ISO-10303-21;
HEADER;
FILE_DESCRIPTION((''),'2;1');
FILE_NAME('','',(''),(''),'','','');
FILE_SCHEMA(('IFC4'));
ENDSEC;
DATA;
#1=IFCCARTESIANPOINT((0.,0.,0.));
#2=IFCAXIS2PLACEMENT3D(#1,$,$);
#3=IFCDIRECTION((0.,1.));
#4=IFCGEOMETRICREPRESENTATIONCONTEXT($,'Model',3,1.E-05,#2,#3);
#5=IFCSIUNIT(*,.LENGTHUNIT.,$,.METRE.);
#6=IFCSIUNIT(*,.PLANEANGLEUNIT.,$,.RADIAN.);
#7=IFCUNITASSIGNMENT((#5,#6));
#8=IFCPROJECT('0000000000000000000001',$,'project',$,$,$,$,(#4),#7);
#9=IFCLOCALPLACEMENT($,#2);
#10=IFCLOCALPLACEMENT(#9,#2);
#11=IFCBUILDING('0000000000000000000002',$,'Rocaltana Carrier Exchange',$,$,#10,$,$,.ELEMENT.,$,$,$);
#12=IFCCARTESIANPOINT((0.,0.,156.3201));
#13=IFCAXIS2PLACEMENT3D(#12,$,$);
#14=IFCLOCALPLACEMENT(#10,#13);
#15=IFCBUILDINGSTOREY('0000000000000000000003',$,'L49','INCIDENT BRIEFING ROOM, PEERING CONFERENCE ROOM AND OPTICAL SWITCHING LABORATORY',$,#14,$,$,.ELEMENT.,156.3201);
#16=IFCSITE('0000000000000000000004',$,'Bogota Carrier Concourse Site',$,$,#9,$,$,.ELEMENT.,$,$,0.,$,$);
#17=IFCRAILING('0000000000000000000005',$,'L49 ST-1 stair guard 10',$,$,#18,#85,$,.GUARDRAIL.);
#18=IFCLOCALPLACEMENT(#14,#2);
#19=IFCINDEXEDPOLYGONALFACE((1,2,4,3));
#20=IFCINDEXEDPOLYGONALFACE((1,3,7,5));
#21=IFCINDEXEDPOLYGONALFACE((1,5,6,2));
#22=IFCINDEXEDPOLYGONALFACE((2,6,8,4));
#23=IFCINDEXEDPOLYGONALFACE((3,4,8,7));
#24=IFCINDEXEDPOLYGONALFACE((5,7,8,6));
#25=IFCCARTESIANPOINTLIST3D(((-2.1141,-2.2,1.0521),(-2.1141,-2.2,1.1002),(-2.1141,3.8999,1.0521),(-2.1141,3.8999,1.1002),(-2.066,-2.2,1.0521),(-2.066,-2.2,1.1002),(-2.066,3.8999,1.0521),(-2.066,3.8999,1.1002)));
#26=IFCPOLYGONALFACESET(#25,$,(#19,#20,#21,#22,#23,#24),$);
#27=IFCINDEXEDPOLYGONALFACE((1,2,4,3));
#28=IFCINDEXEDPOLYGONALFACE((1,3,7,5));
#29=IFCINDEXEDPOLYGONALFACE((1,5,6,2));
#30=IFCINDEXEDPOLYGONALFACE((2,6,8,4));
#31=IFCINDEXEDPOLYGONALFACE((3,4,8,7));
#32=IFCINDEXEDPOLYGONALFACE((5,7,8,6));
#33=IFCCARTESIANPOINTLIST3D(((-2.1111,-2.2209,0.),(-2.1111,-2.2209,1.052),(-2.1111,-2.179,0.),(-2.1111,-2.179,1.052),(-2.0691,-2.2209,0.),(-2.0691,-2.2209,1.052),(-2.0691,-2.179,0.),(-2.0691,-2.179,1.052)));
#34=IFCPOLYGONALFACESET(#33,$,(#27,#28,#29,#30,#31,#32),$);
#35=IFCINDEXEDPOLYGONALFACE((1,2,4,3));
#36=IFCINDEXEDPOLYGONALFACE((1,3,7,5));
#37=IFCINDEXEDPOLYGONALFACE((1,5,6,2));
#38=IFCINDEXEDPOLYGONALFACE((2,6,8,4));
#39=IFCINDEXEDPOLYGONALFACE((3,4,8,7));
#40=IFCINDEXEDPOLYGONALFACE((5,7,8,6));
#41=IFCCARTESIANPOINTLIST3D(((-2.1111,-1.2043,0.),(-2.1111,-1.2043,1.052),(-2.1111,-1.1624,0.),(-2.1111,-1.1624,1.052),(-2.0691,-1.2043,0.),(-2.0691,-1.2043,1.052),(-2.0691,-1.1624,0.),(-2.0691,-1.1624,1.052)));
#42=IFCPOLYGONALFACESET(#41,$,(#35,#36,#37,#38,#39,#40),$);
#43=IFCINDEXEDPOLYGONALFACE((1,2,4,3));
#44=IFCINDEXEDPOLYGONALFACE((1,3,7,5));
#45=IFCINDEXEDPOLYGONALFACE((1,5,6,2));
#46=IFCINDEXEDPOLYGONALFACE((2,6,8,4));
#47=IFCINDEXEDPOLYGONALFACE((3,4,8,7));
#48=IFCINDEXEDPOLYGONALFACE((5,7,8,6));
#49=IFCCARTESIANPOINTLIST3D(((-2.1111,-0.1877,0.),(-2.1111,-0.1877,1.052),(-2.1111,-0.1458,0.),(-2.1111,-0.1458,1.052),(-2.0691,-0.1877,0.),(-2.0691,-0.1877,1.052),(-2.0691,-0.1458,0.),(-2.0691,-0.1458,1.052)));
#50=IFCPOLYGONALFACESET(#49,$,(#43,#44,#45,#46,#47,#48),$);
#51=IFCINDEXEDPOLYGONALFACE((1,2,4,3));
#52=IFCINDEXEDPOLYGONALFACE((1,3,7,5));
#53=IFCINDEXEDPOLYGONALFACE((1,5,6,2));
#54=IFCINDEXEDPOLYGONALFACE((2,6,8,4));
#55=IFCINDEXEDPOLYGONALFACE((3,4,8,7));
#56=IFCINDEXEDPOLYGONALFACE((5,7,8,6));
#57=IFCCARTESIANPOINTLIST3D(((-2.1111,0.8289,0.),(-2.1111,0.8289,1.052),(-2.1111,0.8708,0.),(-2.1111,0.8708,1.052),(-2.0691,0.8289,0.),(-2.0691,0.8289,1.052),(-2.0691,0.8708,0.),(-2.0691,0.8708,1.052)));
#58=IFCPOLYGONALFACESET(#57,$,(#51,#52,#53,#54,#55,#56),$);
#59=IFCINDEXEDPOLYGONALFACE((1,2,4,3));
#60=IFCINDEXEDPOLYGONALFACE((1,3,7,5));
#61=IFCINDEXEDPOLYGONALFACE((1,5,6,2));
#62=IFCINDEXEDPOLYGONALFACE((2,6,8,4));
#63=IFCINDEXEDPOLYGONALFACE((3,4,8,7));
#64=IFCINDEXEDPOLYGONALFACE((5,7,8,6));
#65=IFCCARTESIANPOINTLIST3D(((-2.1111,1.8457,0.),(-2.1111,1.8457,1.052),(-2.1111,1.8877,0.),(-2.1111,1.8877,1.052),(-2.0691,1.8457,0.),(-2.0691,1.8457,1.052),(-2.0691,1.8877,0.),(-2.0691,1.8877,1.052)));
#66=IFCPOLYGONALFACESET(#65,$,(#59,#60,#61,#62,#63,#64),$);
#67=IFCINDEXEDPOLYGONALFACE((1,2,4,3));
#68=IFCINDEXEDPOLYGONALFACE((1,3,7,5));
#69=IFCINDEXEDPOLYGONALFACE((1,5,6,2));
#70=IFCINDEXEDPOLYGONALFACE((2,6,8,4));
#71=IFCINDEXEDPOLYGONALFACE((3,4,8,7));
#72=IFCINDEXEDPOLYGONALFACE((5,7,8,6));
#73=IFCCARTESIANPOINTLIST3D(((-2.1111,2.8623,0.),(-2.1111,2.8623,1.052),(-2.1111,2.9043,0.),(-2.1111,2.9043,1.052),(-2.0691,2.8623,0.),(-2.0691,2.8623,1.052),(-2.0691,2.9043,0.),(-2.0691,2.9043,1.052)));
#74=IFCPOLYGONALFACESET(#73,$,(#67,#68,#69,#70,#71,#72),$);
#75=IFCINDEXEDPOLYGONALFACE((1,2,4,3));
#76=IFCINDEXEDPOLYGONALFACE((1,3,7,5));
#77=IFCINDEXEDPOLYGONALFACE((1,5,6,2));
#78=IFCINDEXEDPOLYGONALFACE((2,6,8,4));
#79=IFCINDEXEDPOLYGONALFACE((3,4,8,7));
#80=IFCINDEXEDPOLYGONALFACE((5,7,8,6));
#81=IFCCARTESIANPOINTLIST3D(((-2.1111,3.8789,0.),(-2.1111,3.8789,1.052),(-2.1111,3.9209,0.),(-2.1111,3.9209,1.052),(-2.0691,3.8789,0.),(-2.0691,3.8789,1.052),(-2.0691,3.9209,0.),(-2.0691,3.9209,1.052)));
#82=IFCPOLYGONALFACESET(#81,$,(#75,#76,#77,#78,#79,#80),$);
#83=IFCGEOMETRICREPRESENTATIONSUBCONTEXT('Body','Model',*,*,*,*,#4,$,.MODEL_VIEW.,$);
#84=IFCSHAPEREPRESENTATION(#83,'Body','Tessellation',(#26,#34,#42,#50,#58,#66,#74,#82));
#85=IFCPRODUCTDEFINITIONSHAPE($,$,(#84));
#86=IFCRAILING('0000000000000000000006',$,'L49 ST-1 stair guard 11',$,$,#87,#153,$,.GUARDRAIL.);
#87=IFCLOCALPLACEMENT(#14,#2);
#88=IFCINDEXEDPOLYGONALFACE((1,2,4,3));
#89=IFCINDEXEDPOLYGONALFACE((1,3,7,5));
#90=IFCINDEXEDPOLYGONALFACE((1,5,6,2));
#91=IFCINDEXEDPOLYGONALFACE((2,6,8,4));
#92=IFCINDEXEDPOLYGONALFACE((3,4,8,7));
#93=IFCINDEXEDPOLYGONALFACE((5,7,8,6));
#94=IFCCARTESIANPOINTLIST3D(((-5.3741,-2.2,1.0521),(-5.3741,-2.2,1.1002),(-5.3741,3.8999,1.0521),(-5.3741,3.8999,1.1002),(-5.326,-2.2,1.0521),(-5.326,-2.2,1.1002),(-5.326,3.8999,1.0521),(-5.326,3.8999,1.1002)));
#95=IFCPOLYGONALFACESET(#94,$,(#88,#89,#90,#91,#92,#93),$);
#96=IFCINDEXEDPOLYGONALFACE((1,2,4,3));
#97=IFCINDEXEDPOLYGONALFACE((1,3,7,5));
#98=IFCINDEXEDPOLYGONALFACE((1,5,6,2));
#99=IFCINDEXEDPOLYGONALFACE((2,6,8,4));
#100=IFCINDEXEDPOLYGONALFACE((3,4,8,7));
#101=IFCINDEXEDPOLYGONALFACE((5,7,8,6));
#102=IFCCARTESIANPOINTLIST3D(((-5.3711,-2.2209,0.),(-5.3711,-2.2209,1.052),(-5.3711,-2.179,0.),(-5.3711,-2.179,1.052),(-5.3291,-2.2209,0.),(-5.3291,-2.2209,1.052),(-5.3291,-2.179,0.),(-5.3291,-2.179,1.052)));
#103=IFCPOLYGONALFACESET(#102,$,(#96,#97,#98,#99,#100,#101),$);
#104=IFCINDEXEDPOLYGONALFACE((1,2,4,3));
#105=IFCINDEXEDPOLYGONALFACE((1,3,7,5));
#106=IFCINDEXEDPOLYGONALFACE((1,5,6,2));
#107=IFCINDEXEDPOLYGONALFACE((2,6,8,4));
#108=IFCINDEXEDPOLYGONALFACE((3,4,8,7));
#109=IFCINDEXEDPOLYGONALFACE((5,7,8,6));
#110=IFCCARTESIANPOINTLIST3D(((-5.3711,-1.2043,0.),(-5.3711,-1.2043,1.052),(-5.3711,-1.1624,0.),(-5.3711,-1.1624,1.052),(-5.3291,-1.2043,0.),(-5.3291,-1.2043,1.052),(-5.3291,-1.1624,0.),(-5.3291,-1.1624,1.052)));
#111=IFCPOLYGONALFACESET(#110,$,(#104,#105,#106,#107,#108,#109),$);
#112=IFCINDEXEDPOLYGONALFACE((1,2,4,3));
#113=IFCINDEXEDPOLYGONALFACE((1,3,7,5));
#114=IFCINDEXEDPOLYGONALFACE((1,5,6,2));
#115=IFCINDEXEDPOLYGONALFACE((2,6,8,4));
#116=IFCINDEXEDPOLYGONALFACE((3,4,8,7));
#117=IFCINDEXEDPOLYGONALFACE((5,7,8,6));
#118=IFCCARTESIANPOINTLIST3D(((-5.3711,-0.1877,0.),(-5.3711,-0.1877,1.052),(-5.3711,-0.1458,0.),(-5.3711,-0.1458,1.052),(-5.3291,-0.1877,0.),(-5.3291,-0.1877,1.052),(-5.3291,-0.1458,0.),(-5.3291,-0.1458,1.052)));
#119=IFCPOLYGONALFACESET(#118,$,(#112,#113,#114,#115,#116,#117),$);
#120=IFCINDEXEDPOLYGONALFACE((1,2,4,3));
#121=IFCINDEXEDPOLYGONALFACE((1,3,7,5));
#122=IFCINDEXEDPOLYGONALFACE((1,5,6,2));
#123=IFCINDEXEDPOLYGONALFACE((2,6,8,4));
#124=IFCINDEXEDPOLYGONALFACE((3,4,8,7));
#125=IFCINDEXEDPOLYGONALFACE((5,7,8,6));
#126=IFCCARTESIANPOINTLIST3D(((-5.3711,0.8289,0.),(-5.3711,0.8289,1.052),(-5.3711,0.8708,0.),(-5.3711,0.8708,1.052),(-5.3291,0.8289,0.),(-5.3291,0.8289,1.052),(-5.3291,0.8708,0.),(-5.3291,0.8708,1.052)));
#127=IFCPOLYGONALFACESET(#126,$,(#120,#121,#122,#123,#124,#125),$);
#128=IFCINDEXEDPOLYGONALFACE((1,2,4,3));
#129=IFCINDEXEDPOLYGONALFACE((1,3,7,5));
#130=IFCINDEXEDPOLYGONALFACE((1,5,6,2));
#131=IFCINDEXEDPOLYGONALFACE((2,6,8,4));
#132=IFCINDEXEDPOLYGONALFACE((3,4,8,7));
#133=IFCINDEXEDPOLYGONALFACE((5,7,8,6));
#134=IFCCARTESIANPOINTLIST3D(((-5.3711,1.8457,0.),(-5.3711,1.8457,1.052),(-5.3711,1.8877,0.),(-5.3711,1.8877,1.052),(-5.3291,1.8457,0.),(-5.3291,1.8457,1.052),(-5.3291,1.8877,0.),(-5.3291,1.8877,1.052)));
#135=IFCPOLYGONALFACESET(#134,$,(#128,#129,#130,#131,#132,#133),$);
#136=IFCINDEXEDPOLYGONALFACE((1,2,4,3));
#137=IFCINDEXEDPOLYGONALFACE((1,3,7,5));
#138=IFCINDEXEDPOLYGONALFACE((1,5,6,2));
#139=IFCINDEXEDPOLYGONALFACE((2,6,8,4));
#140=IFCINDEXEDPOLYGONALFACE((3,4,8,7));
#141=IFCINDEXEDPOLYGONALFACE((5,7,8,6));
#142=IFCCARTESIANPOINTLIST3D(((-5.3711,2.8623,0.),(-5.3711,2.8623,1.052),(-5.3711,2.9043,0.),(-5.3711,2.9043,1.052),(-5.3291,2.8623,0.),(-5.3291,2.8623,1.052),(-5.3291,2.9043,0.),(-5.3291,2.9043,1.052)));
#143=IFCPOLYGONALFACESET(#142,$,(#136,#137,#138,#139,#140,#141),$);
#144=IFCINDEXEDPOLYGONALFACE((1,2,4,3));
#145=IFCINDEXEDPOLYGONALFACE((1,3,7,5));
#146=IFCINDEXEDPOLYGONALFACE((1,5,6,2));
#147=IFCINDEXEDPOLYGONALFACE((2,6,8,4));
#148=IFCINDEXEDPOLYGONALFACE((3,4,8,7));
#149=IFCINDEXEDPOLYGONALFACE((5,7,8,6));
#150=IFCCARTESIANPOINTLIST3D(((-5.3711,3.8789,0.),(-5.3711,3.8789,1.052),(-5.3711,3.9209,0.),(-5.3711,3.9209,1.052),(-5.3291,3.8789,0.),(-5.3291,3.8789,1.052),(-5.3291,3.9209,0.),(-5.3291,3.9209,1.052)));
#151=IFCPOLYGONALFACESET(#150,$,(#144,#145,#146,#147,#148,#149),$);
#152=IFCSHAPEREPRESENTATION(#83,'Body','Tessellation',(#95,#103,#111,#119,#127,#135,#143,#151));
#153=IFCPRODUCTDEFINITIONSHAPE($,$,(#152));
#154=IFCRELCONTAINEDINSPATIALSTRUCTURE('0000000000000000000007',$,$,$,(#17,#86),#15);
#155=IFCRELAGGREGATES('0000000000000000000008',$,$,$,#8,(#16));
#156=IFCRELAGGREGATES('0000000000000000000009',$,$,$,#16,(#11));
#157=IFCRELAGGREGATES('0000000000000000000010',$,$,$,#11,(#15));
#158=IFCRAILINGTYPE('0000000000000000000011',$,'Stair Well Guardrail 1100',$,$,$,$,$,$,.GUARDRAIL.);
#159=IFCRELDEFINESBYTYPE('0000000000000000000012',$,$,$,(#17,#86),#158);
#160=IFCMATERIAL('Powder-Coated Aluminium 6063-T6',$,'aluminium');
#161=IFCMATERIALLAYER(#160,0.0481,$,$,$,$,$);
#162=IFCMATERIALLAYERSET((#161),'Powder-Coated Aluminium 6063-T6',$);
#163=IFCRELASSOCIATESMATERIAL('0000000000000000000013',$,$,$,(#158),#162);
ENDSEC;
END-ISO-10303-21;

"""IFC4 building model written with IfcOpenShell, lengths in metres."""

from ifc_helpers import new_model, si_unit, direction, frame, origin, origin_2d, place, context, subcontext, project, spatial, rectangle, extrude, material, layer, layer_set, type_object, element, save


model = new_model("IFC4")

# Units and contexts
model_context = context("Model", 3, precision=1e-05, world=origin(), true_north=direction((0.0, 1.0)))
body_context = subcontext(model_context, "Body", "Model", "MODEL_VIEW")
ifc_project = project(units=[si_unit("LENGTHUNIT", "METRE"), si_unit("PLANEANGLEUNIT", "RADIAN")], contexts=[model_context])

# Site, building, storey
site_placement = place(None, origin())
site = spatial("IfcSite", under=ifc_project, at=site_placement, Name="Bogota Carrier Concourse Site", CompositionType="ELEMENT", RefElevation=0.0)
building_placement = place(site_placement, origin())
building = spatial("IfcBuilding", under=site, at=building_placement, Name="Rocaltana Carrier Exchange", CompositionType="ELEMENT")
storey_placement = place(building_placement, frame((0.0, 0.0, 156.3201)))
storey = spatial("IfcBuildingStorey", under=building, at=storey_placement, Name="L49", Description="INCIDENT BRIEFING ROOM, PEERING CONFERENCE ROOM AND OPTICAL SWITCHING LABORATORY", CompositionType="ELEMENT", Elevation=156.3201)

# Railings
ifc_material_1 = material(Name="Powder-Coated Aluminium 6063-T6", Category="aluminium")
ifc_layer_1 = layer(ifc_material_1, 0.0481)
ifc_layer_set_1 = layer_set([ifc_layer_1], Name="Powder-Coated Aluminium 6063-T6")
railing_type_1 = type_object("IfcRailingType", Name="Stair Well Guardrail 1100", PredefinedType="GUARDRAIL", material=ifc_layer_set_1)
for number, where, name in (
    (1, (-2.0901, -2.2, 0.0), "L49 ST-1 stair guard 10"),
    (2, (-5.3501, -2.2, 0.0), "L49 ST-1 stair guard 11"),
):
    element("IfcRailing", number, at=place(storey_placement, frame(where)), inside=storey, type_object=railing_type_1, Name=name, PredefinedType="GUARDRAIL", context=body_context, shape_type="SweptSolid", body=[
        extrude(rectangle(XDim=0.0481, YDim=0.0481, at=origin_2d()), frame((0.0, 0.0, 1.0762), z_axis=(0.0, 1.0, 0.0), x_axis=(-1.0, 0.0, 0.0)), (0.0, 0.0, 1.0), 6.0999),
        extrude(rectangle(XDim=0.042, YDim=0.042, at=origin_2d()), origin(), (0.0, 0.0, 1.0), 1.052),
        extrude(rectangle(XDim=0.042, YDim=0.042, at=origin_2d()), frame((0.0, 1.0166, 0.0)), (0.0, 0.0, 1.0), 1.052),
        extrude(rectangle(XDim=0.042, YDim=0.042, at=origin_2d()), frame((0.0, 2.0332, 0.0)), (0.0, 0.0, 1.0), 1.052),
        extrude(rectangle(XDim=0.042, YDim=0.042, at=origin_2d()), frame((0.0, 3.0498, 0.0)), (0.0, 0.0, 1.0), 1.052),
        extrude(rectangle(XDim=0.042, YDim=0.042, at=origin_2d()), frame((0.0, 4.0667, 0.0)), (0.0, 0.0, 1.0), 1.052),
        extrude(rectangle(XDim=0.042, YDim=0.042, at=origin_2d()), frame((0.0, 5.0833, 0.0)), (0.0, 0.0, 1.0), 1.052),
        extrude(rectangle(XDim=0.042, YDim=0.042, at=origin_2d()), frame((0.0, 6.0999, 0.0)), (0.0, 0.0, 1.0), 1.052),
    ])

save(model, "model.ifc")
